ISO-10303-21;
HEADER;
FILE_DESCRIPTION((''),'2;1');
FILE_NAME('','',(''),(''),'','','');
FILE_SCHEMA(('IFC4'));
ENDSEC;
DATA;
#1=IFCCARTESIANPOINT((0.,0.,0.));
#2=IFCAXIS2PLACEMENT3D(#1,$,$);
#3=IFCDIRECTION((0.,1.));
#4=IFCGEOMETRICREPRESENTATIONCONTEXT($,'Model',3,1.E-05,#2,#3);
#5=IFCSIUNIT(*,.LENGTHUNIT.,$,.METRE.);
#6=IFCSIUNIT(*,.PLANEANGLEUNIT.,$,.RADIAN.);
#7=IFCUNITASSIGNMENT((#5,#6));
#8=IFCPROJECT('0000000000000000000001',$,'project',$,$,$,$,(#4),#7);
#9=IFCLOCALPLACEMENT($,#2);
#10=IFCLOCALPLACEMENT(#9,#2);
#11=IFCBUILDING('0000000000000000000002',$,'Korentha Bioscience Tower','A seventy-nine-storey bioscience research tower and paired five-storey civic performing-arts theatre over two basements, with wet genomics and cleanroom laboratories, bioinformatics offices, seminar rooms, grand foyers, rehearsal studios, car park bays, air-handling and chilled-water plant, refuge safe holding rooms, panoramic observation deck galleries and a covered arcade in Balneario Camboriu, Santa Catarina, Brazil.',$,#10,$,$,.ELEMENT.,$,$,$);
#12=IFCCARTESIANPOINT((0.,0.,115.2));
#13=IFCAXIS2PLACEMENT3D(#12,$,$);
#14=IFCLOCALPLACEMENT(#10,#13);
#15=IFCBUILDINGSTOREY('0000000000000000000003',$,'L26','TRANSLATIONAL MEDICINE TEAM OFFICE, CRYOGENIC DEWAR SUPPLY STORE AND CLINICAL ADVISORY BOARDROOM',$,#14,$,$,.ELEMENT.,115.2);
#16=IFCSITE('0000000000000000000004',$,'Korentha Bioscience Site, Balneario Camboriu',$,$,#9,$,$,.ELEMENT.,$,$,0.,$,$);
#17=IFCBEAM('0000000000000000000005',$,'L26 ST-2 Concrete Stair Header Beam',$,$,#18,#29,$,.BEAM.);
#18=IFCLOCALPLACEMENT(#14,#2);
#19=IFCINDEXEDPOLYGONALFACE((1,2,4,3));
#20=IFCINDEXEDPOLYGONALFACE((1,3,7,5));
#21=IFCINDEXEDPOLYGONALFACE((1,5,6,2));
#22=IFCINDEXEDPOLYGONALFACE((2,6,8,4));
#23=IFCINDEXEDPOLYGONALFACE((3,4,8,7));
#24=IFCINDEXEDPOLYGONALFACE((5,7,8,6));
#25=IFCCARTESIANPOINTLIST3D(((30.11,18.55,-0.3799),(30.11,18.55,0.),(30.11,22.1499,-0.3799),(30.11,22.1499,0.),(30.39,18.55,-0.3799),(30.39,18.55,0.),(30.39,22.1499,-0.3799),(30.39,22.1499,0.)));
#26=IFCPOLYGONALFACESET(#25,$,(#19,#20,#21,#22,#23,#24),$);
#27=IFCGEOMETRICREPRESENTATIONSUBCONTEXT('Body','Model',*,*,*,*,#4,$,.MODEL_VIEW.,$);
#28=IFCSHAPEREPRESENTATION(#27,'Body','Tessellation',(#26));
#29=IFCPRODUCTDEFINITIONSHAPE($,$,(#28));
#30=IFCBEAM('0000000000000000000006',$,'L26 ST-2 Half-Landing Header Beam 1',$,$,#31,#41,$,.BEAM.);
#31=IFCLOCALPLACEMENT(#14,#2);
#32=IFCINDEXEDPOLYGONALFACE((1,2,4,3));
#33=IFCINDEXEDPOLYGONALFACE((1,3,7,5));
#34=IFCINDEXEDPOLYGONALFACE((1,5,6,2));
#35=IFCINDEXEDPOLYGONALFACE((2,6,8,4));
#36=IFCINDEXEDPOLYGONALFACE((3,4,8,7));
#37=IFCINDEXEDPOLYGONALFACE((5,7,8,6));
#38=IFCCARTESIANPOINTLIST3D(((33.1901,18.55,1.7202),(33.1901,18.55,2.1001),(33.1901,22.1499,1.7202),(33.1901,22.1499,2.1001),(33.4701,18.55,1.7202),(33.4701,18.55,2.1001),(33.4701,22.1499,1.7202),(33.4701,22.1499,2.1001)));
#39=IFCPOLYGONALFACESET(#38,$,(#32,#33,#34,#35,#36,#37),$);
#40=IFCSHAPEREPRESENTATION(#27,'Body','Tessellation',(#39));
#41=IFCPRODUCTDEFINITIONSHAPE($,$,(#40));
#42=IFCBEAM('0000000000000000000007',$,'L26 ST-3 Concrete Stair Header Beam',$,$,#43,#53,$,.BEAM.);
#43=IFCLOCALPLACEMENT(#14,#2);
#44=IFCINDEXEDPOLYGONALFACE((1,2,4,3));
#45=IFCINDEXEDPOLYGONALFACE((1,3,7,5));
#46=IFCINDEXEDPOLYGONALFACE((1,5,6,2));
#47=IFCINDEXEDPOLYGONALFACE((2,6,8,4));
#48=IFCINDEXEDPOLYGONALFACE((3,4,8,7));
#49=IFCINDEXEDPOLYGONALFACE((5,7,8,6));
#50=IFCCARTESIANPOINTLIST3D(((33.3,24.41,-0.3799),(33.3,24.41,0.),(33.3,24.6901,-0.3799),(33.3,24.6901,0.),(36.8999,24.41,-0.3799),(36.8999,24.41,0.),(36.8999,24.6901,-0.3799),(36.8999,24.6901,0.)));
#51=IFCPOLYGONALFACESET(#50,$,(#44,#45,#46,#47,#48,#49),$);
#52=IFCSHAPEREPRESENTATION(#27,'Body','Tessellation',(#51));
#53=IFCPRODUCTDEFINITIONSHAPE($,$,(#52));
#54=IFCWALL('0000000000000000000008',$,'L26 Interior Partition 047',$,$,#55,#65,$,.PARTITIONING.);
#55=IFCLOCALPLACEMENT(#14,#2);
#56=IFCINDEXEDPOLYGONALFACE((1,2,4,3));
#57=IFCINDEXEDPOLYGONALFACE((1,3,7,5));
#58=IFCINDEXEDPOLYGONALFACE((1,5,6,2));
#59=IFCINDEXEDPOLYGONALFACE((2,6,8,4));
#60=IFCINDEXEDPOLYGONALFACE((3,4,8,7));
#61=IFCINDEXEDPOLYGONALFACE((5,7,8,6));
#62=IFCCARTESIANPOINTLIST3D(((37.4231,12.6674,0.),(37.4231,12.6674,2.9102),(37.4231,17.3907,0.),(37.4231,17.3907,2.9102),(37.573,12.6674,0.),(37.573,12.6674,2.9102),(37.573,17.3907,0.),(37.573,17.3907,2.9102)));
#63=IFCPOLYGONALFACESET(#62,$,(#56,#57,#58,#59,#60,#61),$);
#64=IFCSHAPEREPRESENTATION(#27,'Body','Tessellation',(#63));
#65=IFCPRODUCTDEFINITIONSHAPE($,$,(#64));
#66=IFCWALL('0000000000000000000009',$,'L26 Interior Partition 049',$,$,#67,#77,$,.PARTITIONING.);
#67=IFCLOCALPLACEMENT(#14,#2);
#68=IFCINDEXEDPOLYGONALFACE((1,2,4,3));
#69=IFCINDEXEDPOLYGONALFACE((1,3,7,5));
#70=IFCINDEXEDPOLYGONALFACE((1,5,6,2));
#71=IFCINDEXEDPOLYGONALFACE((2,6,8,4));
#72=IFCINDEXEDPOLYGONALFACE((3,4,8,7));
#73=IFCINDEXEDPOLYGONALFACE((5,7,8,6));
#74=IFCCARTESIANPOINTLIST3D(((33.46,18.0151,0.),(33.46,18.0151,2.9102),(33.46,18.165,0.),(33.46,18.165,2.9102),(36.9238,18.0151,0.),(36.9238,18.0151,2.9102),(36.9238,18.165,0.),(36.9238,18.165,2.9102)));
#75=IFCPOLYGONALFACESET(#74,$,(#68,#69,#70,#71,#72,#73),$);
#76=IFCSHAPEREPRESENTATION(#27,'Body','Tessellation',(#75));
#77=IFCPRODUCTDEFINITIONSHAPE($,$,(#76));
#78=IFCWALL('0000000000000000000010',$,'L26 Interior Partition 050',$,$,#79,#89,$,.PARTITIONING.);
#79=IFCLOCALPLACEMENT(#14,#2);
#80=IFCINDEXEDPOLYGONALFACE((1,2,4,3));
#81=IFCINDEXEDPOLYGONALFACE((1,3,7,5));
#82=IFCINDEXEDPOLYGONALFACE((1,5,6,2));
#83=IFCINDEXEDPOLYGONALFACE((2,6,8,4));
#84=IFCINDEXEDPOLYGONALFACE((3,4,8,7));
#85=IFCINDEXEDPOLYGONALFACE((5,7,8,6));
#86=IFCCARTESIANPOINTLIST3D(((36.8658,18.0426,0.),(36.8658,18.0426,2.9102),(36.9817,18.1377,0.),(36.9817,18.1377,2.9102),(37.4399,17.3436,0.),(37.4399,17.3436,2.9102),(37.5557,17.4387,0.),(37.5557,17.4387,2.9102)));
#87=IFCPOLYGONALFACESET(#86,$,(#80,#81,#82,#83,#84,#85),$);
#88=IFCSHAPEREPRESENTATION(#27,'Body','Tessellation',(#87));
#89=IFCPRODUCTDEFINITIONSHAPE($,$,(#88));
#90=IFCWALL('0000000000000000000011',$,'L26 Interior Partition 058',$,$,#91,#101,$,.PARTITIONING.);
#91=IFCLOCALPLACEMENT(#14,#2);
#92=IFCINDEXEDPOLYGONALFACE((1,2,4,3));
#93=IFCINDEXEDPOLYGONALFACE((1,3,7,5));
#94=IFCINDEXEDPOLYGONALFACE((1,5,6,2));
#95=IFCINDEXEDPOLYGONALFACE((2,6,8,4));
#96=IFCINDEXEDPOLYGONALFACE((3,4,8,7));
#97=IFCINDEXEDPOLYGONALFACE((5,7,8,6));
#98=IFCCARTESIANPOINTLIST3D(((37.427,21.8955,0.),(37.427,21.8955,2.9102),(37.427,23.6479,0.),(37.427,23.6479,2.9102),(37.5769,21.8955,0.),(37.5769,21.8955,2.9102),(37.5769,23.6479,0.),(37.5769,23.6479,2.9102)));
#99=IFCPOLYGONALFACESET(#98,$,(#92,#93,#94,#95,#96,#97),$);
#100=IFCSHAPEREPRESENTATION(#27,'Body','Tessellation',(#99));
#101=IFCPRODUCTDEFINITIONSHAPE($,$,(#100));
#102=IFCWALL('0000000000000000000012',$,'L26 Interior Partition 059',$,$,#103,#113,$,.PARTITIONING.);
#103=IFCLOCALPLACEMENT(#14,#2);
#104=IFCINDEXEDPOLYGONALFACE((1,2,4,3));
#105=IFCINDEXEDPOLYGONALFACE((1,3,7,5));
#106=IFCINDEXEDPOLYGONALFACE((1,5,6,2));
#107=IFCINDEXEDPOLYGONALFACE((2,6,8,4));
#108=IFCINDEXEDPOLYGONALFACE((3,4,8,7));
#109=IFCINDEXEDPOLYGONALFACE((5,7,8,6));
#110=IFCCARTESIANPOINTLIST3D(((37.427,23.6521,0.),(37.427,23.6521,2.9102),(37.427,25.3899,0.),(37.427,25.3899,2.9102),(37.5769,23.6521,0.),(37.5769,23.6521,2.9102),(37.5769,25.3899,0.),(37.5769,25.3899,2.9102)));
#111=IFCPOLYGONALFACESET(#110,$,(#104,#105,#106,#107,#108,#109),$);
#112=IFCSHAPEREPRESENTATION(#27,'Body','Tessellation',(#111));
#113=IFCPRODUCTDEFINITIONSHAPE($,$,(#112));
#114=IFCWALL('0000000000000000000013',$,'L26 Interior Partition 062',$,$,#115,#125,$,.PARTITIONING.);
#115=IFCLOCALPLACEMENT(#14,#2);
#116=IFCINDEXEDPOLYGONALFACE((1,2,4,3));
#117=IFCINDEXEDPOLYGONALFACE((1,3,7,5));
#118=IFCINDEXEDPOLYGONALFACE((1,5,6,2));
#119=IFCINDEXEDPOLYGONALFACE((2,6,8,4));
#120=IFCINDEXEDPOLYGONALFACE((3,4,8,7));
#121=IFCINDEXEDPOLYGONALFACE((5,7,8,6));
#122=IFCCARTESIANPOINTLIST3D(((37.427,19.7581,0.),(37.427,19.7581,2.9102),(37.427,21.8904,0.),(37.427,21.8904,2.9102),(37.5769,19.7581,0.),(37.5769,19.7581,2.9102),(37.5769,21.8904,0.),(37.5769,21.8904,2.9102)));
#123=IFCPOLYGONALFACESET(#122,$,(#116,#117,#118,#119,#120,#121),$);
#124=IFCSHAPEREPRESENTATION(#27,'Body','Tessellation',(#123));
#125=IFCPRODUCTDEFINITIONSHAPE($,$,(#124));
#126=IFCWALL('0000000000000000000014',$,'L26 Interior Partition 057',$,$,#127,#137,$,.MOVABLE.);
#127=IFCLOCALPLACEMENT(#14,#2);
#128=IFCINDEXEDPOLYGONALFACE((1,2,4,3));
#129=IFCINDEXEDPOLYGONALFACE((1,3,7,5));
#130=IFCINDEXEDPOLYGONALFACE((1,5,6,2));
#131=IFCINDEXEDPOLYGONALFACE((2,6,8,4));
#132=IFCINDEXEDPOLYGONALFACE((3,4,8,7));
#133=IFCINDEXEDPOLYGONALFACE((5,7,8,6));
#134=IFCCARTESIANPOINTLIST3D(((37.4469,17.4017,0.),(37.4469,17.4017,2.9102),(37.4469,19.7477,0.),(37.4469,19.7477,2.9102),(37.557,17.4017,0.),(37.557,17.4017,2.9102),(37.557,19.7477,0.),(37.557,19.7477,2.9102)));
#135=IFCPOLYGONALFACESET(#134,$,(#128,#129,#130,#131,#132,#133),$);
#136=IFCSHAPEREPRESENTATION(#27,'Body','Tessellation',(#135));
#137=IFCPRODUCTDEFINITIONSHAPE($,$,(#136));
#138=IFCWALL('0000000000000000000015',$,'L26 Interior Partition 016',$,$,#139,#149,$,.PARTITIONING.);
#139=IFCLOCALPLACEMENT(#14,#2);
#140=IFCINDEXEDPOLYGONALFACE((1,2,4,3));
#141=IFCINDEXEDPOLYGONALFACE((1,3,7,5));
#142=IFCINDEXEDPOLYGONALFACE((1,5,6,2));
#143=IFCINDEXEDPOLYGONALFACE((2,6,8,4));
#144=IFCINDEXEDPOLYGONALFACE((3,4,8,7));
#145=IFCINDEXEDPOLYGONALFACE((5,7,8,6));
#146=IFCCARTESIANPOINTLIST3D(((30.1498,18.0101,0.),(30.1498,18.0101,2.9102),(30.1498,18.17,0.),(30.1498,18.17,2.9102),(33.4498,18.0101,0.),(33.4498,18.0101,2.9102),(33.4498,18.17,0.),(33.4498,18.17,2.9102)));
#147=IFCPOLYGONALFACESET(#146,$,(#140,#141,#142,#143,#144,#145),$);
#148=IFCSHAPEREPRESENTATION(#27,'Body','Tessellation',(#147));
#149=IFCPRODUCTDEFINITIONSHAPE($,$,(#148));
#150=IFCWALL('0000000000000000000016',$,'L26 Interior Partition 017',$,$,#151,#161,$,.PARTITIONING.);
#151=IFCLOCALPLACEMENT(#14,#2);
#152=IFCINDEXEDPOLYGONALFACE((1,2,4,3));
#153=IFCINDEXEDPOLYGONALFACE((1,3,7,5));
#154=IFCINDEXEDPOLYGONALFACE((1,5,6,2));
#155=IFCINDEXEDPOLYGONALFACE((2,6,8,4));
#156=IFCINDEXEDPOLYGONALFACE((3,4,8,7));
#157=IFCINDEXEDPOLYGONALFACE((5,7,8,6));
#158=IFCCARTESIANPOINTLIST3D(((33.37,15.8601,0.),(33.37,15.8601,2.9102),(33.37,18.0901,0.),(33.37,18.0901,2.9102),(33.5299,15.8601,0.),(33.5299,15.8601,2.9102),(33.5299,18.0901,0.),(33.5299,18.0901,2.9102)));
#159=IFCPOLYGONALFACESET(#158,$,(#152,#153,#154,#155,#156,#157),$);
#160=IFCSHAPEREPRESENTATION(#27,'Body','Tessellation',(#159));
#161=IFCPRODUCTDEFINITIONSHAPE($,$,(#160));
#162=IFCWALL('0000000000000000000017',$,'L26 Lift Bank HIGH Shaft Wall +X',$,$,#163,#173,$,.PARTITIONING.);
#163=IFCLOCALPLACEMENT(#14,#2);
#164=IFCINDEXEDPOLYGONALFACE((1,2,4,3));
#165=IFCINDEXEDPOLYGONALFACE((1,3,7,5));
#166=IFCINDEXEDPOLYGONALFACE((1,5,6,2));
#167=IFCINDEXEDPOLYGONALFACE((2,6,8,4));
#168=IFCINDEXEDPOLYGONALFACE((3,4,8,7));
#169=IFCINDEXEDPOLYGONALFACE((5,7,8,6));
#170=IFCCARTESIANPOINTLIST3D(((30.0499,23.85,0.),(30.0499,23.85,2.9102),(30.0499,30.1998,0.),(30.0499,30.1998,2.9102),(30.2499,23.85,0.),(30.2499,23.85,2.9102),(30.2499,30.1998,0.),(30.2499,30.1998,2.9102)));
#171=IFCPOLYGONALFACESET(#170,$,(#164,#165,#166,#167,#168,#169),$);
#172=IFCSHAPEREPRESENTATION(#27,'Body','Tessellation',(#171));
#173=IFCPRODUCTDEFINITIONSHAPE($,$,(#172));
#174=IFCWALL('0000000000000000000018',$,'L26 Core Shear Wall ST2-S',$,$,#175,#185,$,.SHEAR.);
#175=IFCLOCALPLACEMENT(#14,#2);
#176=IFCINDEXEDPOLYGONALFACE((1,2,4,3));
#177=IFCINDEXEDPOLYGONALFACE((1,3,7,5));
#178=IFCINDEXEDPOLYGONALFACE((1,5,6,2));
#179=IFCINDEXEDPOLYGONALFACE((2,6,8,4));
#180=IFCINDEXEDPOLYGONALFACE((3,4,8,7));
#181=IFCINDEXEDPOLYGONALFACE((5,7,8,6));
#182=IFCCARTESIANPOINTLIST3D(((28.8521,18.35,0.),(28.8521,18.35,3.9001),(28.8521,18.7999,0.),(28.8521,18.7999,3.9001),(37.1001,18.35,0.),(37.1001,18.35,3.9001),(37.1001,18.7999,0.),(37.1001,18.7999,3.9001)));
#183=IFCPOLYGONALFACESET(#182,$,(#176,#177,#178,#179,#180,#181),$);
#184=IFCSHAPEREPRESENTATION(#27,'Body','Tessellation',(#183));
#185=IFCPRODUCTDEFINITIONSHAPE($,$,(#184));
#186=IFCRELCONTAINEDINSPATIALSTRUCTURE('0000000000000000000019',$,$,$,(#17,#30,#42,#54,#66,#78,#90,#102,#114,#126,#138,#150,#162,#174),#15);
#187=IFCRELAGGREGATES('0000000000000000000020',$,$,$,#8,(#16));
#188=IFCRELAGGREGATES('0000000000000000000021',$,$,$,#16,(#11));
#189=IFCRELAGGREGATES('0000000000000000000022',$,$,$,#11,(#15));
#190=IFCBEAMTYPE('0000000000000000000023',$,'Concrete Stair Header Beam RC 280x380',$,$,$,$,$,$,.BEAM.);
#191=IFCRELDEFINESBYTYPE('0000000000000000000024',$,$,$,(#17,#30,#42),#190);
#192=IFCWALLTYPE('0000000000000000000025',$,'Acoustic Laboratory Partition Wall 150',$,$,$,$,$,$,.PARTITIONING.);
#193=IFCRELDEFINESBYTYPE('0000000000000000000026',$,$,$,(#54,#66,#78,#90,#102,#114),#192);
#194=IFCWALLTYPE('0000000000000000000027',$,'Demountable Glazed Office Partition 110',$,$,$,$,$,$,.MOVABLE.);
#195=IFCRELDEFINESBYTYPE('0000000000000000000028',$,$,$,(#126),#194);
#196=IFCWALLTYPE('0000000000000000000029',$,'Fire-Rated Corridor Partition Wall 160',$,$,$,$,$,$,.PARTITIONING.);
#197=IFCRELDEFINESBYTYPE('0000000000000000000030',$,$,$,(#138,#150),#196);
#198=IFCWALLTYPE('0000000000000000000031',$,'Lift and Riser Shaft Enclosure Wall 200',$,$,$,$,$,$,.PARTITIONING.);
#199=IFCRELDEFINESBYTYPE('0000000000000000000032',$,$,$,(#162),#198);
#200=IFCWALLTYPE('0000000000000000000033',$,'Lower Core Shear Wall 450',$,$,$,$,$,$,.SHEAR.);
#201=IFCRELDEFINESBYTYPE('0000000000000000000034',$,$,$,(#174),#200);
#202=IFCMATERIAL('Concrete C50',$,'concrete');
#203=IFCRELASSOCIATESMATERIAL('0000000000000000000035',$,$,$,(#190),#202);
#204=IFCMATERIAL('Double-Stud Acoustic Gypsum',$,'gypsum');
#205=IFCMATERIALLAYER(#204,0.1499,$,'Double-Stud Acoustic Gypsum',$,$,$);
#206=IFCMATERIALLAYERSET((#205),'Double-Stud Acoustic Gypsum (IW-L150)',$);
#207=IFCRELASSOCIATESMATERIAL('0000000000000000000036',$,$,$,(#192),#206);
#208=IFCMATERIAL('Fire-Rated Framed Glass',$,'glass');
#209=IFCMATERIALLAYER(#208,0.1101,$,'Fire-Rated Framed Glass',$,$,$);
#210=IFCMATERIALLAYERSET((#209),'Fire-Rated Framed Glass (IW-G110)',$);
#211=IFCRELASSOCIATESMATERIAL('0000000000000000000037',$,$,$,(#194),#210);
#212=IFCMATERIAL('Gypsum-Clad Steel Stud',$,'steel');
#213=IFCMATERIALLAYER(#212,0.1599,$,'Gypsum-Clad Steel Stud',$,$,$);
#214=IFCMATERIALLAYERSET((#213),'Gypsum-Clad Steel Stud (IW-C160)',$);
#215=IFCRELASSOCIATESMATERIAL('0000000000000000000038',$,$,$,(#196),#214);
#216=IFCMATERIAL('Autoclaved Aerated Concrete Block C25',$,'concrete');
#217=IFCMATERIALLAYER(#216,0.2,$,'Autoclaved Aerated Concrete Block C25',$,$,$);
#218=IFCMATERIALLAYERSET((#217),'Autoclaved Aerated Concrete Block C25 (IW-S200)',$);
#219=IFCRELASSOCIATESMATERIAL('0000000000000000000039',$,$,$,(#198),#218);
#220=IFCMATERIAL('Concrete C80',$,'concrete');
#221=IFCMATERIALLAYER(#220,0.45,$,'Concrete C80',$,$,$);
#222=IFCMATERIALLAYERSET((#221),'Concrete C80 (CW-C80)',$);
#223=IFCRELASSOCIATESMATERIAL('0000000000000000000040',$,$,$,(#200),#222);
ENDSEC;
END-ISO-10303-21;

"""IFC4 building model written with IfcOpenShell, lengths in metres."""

from ifc_helpers import new_model, si_unit, direction, frame, frame_2d, origin, origin_2d, place, context, subcontext, project, spatial, rectangle, extrude, material, layer, layer_set, material_profile, profile_set, type_object, element, save


model = new_model("IFC4")

# Units and contexts
model_context = context("Model", 3, precision=1e-05, world=origin(), true_north=direction((0.0, 1.0)))
body_context = subcontext(model_context, "Body", "Model", "MODEL_VIEW")
ifc_project = project(units=[si_unit("LENGTHUNIT", "METRE"), si_unit("PLANEANGLEUNIT", "RADIAN")], contexts=[model_context])

# Site, building, storey
site_placement = place(None, origin())
site = spatial("IfcSite", under=ifc_project, at=site_placement, Name="Korentha Bioscience Site, Balneario Camboriu", CompositionType="ELEMENT", RefElevation=0.0)
building_placement = place(site_placement, origin())
building = spatial("IfcBuilding", under=site, at=building_placement, Name="Korentha Bioscience Tower", Description="A seventy-nine-storey bioscience research tower and paired five-storey civic performing-arts theatre over two basements, with wet genomics and cleanroom laboratories, bioinformatics offices, seminar rooms, grand foyers, rehearsal studios, car park bays, air-handling and chilled-water plant, refuge safe holding rooms, panoramic observation deck galleries and a covered arcade in Balneario Camboriu, Santa Catarina, Brazil.", CompositionType="ELEMENT")
storey_placement = place(building_placement, frame((0.0, 0.0, 115.2)))
storey = spatial("IfcBuildingStorey", under=building, at=storey_placement, Name="L26", Description="TRANSLATIONAL MEDICINE TEAM OFFICE, CRYOGENIC DEWAR SUPPLY STORE AND CLINICAL ADVISORY BOARDROOM", CompositionType="ELEMENT", Elevation=115.2)

# Beams
ifc_material_1 = material(Name="Concrete C50", Category="concrete")
ifc_material_profile = material_profile(ifc_material_1, rectangle(XDim=0.28, YDim=0.3799, at=origin_2d()), Name="Concrete C50")
ifc_profile_set = profile_set([ifc_material_profile], Name="Concrete C50 (ST-HB380)")
beam_type = type_object("IfcBeamType", Name="Concrete Stair Header Beam RC 280x380", PredefinedType="BEAM", material=ifc_profile_set)
for number, where, z_axis, x_axis, name in (
    (1, (30.25, 18.55, -0.1899), (0.0, 1.0, 0.0), (-1.0, 0.0, 0.0), "L26 ST-2 Concrete Stair Header Beam"),
    (2, (33.3301, 18.55, 1.9102), (0.0, 1.0, 0.0), (-1.0, 0.0, 0.0), "L26 ST-2 Half-Landing Header Beam 1"),
    (3, (36.8999, 24.55, -0.1899), (-1.0, 0.0, 0.0), (0.0, -1.0, 0.0), "L26 ST-3 Concrete Stair Header Beam"),
):
    element("IfcBeam", number, at=place(storey_placement, frame(where, z_axis=z_axis, x_axis=x_axis)), inside=storey, type_object=beam_type, Name=name, PredefinedType="BEAM", context=body_context, shape_type="SweptSolid", body=[
        extrude(rectangle(XDim=0.28, YDim=0.3799, at=origin_2d()), origin(), (0.0, 0.0, 1.0), 3.5999),
    ])

# Walls
ifc_material_2 = material(Name="Double-Stud Acoustic Gypsum", Category="gypsum")
ifc_layer_1 = layer(ifc_material_2, 0.1499, Name="Double-Stud Acoustic Gypsum")
ifc_layer_set_1 = layer_set([ifc_layer_1], Name="Double-Stud Acoustic Gypsum (IW-L150)")
wall_type_1 = type_object("IfcWallType", Name="Acoustic Laboratory Partition Wall 150", PredefinedType="PARTITIONING", material=ifc_layer_set_1)
wall_1_placement = place(storey_placement, frame((37.498, 17.3909, 0.0), z_axis=(0.0, 0.0, 1.0), x_axis=(0.0, -1.0, 0.0)))
element("IfcWall", 4, at=wall_1_placement, inside=storey, type_object=wall_type_1, Name="L26 Interior Partition 047", PredefinedType="PARTITIONING", context=body_context, shape_type="SweptSolid", body=[
    extrude(rectangle(XDim=4.7234, YDim=0.1499, at=frame_2d((2.3618, 0.0))), origin(), (0.0, 0.0, 1.0), 2.9102),
])
wall_2_placement = place(storey_placement, frame((33.46, 18.0901, 0.0), z_axis=(0.0, 0.0, 1.0), x_axis=(1.0, 0.0, 0.0)))
element("IfcWall", 5, at=wall_2_placement, inside=storey, type_object=wall_type_1, Name="L26 Interior Partition 049", PredefinedType="PARTITIONING", context=body_context, shape_type="SweptSolid", body=[
    extrude(rectangle(XDim=3.4639, YDim=0.1499, at=frame_2d((1.7319, 0.0))), origin(), (0.0, 0.0, 1.0), 2.9102),
])
wall_3_placement = place(storey_placement, frame((36.9238, 18.0901, 0.0), z_axis=(0.0, 0.0, 1.0), x_axis=(0.634619, -0.772826, 0.0)))
element("IfcWall", 6, at=wall_3_placement, inside=storey, type_object=wall_type_1, Name="L26 Interior Partition 050", PredefinedType="PARTITIONING", context=body_context, shape_type="SweptSolid", body=[
    extrude(rectangle(XDim=0.9045, YDim=0.1499, at=frame_2d((0.4521, 0.0))), origin(), (0.0, 0.0, 1.0), 2.9102),
])
wall_4_placement = place(storey_placement, frame((37.502, 21.8955, 0.0), z_axis=(0.0, 0.0, 1.0), x_axis=(0.0, 1.0, 0.0)))
element("IfcWall", 7, at=wall_4_placement, inside=storey, type_object=wall_type_1, Name="L26 Interior Partition 058", PredefinedType="PARTITIONING", context=body_context, shape_type="SweptSolid", body=[
    extrude(rectangle(XDim=1.7524, YDim=0.1499, at=frame_2d((0.8762, 0.0))), origin(), (0.0, 0.0, 1.0), 2.9102),
])
wall_5_placement = place(storey_placement, frame((37.502, 23.6521, 0.0), z_axis=(0.0, 0.0, 1.0), x_axis=(0.0, 1.0, 0.0)))
element("IfcWall", 8, at=wall_5_placement, inside=storey, type_object=wall_type_1, Name="L26 Interior Partition 059", PredefinedType="PARTITIONING", context=body_context, shape_type="SweptSolid", body=[
    extrude(rectangle(XDim=1.7378, YDim=0.1499, at=frame_2d((0.8689, 0.0))), origin(), (0.0, 0.0, 1.0), 2.9102),
])
wall_6_placement = place(storey_placement, frame((37.502, 19.7581, 0.0), z_axis=(0.0, 0.0, 1.0), x_axis=(0.0, 1.0, 0.0)))
element("IfcWall", 9, at=wall_6_placement, inside=storey, type_object=wall_type_1, Name="L26 Interior Partition 062", PredefinedType="PARTITIONING", context=body_context, shape_type="SweptSolid", body=[
    extrude(rectangle(XDim=2.1323, YDim=0.1499, at=frame_2d((1.0662, 0.0))), origin(), (0.0, 0.0, 1.0), 2.9102),
])
ifc_material_3 = material(Name="Fire-Rated Framed Glass", Category="glass")
ifc_layer_2 = layer(ifc_material_3, 0.1101, Name="Fire-Rated Framed Glass")
ifc_layer_set_2 = layer_set([ifc_layer_2], Name="Fire-Rated Framed Glass (IW-G110)")
wall_type_2 = type_object("IfcWallType", Name="Demountable Glazed Office Partition 110", PredefinedType="MOVABLE", material=ifc_layer_set_2)
wall_7_placement = place(storey_placement, frame((37.502, 17.4019, 0.0), z_axis=(0.0, 0.0, 1.0), x_axis=(0.0, 1.0, 0.0)))
element("IfcWall", 10, at=wall_7_placement, inside=storey, type_object=wall_type_2, Name="L26 Interior Partition 057", PredefinedType="MOVABLE", context=body_context, shape_type="SweptSolid", body=[
    extrude(rectangle(XDim=2.3459, YDim=0.1101, at=frame_2d((1.1729, 0.0))), origin(), (0.0, 0.0, 1.0), 2.9102),
])
ifc_material_4 = material(Name="Gypsum-Clad Steel Stud", Category="steel")
ifc_layer_3 = layer(ifc_material_4, 0.1599, Name="Gypsum-Clad Steel Stud")
ifc_layer_set_3 = layer_set([ifc_layer_3], Name="Gypsum-Clad Steel Stud (IW-C160)")
wall_type_3 = type_object("IfcWallType", Name="Fire-Rated Corridor Partition Wall 160", PredefinedType="PARTITIONING", material=ifc_layer_set_3)
wall_8_placement = place(storey_placement, frame((30.1499, 18.0901, 0.0), z_axis=(0.0, 0.0, 1.0), x_axis=(1.0, 0.0, 0.0)))
element("IfcWall", 11, at=wall_8_placement, inside=storey, type_object=wall_type_3, Name="L26 Interior Partition 016", PredefinedType="PARTITIONING", context=body_context, shape_type="SweptSolid", body=[
    extrude(rectangle(XDim=3.3, YDim=0.1599, at=frame_2d((1.6499, 0.0))), origin(), (0.0, 0.0, 1.0), 2.9102),
])
wall_9_placement = place(storey_placement, frame((33.45, 18.0901, 0.0), z_axis=(0.0, 0.0, 1.0), x_axis=(0.0, -1.0, 0.0)))
element("IfcWall", 12, at=wall_9_placement, inside=storey, type_object=wall_type_3, Name="L26 Interior Partition 017", PredefinedType="PARTITIONING", context=body_context, shape_type="SweptSolid", body=[
    extrude(rectangle(XDim=2.23, YDim=0.1599, at=frame_2d((1.115, 0.0))), origin(), (0.0, 0.0, 1.0), 2.9102),
])
ifc_material_5 = material(Name="Autoclaved Aerated Concrete Block C25", Category="concrete")
ifc_layer_4 = layer(ifc_material_5, 0.2, Name="Autoclaved Aerated Concrete Block C25")
ifc_layer_set_4 = layer_set([ifc_layer_4], Name="Autoclaved Aerated Concrete Block C25 (IW-S200)")
wall_type_4 = type_object("IfcWallType", Name="Lift and Riser Shaft Enclosure Wall 200", PredefinedType="PARTITIONING", material=ifc_layer_set_4)
wall_10_placement = place(storey_placement, frame((30.1499, 23.8501, 0.0), z_axis=(0.0, 0.0, 1.0), x_axis=(0.0, 1.0, 0.0)))
element("IfcWall", 13, at=wall_10_placement, inside=storey, type_object=wall_type_4, Name="L26 Lift Bank HIGH Shaft Wall +X", PredefinedType="PARTITIONING", context=body_context, shape_type="SweptSolid", body=[
    extrude(rectangle(XDim=6.3499, YDim=0.2, at=frame_2d((3.1748, 0.0))), origin(), (0.0, 0.0, 1.0), 2.9102),
])
ifc_material_6 = material(Name="Concrete C80", Category="concrete")
ifc_layer_5 = layer(ifc_material_6, 0.45, Name="Concrete C80")
ifc_layer_set_5 = layer_set([ifc_layer_5], Name="Concrete C80 (CW-C80)")
wall_type_5 = type_object("IfcWallType", Name="Lower Core Shear Wall 450", PredefinedType="SHEAR", material=ifc_layer_set_5)
wall_11_placement = place(storey_placement, frame((28.8521, 18.575, 0.0), z_axis=(0.0, 0.0, 1.0), x_axis=(1.0, 0.0, 0.0)))
element("IfcWall", 14, at=wall_11_placement, inside=storey, type_object=wall_type_5, Name="L26 Core Shear Wall ST2-S", PredefinedType="SHEAR", context=body_context, shape_type="SweptSolid", body=[
    extrude(rectangle(XDim=8.248, YDim=0.45, at=frame_2d((4.124, 0.0))), origin(), (0.0, 0.0, 1.0), 3.9001),
])

save(model, "model.ifc")
